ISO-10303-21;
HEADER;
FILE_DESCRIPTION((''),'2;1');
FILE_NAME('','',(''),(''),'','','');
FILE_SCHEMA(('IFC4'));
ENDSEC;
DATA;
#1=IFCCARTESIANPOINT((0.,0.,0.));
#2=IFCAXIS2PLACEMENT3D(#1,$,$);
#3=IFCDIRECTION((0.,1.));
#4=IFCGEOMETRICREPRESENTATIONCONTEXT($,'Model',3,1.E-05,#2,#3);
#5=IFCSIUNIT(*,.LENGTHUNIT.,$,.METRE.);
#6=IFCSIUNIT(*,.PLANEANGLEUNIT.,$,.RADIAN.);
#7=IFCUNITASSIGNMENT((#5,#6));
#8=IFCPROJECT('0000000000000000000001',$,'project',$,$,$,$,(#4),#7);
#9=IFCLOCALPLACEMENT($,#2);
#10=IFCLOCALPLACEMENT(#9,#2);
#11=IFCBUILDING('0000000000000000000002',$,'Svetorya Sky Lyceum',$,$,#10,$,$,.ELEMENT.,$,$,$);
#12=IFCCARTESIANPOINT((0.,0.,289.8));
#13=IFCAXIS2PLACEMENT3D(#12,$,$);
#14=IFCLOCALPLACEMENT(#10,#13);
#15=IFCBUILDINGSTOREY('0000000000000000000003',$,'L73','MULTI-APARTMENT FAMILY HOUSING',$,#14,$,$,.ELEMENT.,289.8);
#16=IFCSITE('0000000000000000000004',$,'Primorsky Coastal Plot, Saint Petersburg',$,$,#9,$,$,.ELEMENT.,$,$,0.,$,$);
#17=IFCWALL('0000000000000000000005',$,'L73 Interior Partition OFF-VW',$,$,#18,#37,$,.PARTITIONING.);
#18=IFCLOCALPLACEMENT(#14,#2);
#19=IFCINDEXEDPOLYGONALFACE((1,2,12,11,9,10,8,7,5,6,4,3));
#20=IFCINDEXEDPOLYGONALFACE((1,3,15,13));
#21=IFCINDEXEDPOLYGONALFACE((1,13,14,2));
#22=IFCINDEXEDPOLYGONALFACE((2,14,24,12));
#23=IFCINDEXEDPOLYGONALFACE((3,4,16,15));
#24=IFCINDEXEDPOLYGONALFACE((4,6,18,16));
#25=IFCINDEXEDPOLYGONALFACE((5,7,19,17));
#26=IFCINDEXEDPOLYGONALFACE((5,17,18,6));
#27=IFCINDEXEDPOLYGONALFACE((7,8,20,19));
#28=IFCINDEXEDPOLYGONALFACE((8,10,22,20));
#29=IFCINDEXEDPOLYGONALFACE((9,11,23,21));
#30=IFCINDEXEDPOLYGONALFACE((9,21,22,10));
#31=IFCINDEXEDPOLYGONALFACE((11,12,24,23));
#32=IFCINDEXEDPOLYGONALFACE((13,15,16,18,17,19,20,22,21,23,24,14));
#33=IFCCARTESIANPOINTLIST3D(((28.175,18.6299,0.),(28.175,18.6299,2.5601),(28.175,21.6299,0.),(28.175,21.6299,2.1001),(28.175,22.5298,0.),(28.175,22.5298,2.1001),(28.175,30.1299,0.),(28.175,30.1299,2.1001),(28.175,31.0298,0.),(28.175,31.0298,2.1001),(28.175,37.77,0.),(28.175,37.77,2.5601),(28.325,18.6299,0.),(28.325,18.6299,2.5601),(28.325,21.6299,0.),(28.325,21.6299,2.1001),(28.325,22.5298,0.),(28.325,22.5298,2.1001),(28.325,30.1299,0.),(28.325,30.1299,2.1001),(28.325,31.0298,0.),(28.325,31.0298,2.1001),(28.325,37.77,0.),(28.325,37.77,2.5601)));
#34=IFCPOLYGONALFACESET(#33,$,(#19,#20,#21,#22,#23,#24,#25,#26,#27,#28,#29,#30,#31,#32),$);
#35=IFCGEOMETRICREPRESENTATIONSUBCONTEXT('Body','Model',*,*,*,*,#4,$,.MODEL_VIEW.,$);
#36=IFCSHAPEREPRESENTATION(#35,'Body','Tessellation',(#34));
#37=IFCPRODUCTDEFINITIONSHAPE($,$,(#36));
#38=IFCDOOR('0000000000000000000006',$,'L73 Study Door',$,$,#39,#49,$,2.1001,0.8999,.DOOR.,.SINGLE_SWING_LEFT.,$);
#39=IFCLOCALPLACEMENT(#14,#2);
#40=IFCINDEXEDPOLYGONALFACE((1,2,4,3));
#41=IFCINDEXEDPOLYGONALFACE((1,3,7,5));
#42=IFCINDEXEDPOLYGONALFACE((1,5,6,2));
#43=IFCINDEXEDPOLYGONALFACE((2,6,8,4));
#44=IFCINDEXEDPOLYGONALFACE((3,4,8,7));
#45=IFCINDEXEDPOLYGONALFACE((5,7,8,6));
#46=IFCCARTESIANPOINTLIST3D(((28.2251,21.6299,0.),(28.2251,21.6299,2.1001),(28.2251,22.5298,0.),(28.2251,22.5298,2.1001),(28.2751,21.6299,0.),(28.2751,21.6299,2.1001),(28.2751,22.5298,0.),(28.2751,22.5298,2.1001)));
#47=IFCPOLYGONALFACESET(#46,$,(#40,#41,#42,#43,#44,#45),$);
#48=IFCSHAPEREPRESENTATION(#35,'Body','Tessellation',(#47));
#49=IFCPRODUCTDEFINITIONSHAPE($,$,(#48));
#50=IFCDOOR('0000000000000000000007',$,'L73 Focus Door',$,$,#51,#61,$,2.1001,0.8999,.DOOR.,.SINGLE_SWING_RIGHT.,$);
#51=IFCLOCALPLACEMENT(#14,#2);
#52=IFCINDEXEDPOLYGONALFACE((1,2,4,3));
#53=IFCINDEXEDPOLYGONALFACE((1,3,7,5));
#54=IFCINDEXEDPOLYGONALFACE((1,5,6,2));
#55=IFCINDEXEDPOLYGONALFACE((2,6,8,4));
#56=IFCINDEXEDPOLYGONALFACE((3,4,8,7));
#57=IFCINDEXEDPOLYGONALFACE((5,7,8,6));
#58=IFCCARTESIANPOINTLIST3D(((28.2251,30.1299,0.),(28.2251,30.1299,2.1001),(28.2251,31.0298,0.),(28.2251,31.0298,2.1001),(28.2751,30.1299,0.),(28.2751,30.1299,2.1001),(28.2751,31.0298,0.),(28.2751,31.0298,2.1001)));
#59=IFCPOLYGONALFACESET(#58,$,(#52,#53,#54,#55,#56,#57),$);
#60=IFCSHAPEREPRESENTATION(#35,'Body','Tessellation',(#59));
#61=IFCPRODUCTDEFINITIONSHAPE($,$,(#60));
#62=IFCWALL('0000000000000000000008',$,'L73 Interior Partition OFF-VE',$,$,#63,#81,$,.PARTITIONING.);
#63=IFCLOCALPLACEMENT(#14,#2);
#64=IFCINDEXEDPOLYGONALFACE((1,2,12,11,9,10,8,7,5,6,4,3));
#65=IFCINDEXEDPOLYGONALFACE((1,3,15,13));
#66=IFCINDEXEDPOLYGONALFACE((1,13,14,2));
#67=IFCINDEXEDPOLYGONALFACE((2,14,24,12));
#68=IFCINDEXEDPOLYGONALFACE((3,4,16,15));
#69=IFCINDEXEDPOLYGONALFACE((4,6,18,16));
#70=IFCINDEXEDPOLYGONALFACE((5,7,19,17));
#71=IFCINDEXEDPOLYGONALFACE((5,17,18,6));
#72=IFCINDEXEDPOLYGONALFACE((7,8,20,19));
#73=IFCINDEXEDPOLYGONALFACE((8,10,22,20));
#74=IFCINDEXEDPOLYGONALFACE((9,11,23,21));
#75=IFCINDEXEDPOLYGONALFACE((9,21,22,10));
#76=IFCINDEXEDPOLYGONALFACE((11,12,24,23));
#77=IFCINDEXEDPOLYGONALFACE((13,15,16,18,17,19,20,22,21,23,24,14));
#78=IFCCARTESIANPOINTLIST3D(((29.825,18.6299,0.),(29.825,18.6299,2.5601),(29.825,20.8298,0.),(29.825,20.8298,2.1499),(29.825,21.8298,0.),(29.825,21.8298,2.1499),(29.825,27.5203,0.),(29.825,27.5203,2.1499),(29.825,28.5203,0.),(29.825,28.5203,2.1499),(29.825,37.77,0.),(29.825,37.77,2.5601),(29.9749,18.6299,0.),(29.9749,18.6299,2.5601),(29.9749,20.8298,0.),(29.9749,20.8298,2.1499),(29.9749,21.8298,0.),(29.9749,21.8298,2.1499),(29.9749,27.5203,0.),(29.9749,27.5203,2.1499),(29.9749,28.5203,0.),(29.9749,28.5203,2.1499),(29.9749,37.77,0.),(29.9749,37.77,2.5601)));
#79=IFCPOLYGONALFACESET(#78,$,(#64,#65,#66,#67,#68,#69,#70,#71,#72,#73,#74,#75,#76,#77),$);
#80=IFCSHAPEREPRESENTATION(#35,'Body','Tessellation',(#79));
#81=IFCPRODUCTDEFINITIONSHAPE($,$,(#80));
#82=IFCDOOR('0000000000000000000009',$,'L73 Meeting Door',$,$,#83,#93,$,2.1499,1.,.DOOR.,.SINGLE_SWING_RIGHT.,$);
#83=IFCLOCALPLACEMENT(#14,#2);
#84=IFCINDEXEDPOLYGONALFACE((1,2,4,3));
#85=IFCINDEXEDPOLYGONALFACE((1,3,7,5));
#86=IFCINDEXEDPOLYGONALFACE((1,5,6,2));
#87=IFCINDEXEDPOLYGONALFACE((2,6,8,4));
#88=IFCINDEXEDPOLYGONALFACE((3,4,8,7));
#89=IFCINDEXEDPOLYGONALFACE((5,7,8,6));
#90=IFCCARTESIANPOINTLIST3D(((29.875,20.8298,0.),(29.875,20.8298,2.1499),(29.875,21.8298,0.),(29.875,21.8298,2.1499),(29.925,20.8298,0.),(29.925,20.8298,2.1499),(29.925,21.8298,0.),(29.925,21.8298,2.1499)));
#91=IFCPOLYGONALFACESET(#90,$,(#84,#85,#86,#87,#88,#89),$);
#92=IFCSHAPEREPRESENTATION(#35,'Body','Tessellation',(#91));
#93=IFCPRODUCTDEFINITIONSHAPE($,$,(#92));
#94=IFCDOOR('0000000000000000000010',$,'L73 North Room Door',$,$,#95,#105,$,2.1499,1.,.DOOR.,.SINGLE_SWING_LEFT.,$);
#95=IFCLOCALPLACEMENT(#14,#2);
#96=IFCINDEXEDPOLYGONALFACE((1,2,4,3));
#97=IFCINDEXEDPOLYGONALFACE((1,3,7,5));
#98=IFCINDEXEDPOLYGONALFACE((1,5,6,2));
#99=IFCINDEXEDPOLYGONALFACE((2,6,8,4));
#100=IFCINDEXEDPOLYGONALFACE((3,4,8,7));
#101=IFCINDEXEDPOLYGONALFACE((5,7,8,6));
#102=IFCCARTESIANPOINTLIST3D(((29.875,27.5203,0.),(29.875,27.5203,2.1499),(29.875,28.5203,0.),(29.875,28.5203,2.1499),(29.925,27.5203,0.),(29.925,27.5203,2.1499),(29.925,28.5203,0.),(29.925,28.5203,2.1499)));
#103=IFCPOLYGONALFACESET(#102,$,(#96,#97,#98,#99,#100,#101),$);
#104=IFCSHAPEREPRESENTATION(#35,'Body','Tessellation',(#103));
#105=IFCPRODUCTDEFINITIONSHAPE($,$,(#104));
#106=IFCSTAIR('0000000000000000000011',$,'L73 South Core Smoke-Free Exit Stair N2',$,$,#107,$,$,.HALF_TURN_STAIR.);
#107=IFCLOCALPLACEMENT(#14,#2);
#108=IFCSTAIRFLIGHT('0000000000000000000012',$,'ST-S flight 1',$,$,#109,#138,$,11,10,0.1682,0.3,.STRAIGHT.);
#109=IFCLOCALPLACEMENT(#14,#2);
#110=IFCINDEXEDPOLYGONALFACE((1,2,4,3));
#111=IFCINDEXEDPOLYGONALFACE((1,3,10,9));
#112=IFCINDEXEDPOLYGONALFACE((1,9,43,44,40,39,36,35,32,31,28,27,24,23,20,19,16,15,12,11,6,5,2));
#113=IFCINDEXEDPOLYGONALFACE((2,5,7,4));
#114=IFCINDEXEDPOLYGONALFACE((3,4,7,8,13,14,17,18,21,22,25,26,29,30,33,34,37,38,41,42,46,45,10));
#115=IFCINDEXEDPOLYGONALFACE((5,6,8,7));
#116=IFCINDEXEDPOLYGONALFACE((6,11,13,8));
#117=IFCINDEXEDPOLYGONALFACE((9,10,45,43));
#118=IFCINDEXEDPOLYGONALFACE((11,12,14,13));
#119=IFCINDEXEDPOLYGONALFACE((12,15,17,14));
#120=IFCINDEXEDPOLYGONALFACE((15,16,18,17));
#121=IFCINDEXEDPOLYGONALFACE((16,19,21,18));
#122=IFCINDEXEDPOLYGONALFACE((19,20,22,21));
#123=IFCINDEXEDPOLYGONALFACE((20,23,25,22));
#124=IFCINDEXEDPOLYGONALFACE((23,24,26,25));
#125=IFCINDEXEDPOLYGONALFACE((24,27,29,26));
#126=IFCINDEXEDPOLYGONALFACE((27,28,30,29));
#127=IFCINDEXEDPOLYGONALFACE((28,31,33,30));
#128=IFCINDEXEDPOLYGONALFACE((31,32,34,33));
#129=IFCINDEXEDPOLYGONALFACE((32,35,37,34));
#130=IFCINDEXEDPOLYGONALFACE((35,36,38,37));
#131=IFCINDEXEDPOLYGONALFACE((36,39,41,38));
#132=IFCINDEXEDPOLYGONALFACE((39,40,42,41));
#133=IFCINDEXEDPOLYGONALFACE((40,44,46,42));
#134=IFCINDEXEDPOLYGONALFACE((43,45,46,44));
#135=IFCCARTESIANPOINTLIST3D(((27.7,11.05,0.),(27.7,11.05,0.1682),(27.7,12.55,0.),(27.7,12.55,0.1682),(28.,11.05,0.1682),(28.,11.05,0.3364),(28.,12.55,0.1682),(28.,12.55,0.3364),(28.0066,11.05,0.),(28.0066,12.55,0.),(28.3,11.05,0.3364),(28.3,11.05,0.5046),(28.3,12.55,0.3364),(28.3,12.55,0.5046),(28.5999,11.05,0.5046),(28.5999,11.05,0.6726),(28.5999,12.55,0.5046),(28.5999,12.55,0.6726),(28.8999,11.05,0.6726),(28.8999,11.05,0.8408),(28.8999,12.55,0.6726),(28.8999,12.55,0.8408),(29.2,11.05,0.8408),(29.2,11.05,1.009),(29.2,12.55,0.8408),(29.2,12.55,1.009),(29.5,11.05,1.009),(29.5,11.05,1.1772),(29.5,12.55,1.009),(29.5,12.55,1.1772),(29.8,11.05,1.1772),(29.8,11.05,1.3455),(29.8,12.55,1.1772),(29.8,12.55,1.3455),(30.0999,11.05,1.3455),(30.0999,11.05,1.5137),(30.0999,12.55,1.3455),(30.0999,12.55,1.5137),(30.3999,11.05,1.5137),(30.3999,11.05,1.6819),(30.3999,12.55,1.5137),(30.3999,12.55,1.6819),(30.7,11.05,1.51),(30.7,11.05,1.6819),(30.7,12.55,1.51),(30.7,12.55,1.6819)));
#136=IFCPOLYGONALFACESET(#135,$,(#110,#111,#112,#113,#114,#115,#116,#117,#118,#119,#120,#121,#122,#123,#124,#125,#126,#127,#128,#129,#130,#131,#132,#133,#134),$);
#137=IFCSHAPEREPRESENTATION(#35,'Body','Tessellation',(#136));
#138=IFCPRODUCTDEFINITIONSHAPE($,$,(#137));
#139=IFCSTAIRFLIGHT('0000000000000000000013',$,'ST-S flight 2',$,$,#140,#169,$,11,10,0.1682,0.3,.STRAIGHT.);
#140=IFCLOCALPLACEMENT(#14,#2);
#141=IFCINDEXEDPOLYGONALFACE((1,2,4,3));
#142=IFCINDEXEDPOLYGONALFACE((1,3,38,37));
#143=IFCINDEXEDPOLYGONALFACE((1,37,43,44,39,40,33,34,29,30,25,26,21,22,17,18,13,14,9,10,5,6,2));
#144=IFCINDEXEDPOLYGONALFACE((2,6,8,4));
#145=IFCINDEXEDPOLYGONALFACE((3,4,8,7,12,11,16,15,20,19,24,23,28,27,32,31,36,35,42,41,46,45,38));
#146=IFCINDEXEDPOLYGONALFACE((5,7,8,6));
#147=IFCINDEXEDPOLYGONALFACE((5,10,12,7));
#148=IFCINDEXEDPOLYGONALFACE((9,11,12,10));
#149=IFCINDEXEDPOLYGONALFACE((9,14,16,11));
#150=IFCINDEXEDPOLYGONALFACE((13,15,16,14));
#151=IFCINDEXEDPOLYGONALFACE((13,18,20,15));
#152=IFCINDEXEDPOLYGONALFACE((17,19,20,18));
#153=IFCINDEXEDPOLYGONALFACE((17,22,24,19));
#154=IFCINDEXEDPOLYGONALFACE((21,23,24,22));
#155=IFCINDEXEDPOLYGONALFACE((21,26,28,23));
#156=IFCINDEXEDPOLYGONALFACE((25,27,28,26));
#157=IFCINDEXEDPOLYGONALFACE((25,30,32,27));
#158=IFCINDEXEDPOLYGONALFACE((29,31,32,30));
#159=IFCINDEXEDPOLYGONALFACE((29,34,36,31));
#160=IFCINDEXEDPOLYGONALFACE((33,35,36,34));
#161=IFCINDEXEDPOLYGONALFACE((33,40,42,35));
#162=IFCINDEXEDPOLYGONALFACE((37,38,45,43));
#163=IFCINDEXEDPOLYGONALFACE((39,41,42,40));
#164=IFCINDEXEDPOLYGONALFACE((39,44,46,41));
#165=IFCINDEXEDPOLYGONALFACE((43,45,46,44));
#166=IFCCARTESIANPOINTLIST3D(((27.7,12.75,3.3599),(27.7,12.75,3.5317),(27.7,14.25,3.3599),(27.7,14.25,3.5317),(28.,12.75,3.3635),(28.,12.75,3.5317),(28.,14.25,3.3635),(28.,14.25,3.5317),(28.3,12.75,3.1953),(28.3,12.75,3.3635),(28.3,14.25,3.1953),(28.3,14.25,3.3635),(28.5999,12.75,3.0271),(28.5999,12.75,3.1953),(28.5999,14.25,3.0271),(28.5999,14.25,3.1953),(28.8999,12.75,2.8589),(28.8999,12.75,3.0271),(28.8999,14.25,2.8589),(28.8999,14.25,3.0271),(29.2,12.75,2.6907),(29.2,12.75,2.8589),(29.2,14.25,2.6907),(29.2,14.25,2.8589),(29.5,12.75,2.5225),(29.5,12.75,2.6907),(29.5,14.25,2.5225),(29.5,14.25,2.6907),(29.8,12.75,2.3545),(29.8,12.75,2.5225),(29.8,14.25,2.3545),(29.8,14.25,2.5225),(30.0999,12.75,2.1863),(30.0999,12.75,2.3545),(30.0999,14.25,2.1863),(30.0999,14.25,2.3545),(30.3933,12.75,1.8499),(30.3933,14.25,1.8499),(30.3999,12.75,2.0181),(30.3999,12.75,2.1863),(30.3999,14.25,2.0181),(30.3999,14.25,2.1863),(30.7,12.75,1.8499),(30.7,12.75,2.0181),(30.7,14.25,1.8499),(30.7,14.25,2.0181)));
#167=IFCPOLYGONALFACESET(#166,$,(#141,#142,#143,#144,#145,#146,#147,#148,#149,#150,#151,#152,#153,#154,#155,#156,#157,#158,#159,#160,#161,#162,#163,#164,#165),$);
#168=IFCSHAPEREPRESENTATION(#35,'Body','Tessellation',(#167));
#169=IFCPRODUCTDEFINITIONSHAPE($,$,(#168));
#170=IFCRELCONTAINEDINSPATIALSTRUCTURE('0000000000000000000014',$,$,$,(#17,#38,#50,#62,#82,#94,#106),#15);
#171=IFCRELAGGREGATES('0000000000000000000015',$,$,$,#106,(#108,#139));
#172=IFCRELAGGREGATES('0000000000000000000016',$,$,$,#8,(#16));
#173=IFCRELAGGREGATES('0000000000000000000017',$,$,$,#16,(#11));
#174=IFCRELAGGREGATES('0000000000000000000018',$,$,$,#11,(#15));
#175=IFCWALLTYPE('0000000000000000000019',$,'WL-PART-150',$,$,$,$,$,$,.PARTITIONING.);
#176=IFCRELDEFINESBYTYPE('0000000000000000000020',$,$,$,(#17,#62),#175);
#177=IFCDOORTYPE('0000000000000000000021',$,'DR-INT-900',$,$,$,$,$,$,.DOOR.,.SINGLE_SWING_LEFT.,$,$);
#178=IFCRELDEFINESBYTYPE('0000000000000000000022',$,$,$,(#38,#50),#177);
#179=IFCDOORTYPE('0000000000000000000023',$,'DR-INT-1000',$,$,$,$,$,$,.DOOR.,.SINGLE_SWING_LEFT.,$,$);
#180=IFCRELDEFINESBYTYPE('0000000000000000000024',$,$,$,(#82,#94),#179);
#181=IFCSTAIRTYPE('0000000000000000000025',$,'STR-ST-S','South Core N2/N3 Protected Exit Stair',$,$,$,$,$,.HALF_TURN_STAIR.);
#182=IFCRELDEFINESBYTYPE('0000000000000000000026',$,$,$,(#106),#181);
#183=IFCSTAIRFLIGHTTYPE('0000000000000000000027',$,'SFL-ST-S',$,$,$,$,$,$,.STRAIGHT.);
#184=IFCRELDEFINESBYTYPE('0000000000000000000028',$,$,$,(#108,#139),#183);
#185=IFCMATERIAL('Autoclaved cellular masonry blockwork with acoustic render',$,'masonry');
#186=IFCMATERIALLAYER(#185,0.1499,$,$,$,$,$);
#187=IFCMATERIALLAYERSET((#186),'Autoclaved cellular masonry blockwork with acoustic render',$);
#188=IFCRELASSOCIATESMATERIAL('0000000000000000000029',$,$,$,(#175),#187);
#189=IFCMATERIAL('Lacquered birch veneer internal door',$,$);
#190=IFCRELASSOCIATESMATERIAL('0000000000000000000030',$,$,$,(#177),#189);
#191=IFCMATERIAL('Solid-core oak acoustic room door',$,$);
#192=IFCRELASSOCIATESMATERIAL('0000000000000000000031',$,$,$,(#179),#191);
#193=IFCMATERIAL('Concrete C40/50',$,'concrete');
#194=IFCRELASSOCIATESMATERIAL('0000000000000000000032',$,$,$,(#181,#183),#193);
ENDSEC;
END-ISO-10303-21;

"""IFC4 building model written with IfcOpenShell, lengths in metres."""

from ifc_helpers import new_model, si_unit, direction, frame, frame_2d, origin, place, context, subcontext, project, spatial, polyline, rectangle, outline, extrude, material, layer, layer_set, type_object, element, fill, aggregate, save


model = new_model("IFC4")

# Units and contexts
model_context = context("Model", 3, precision=1e-05, world=origin(), true_north=direction((0.0, 1.0)))
body_context = subcontext(model_context, "Body", "Model", "MODEL_VIEW")
ifc_project = project(units=[si_unit("LENGTHUNIT", "METRE"), si_unit("PLANEANGLEUNIT", "RADIAN")], contexts=[model_context])

# Site, building, storey
site_placement = place(None, origin())
site = spatial("IfcSite", under=ifc_project, at=site_placement, Name="Primorsky Coastal Plot, Saint Petersburg", CompositionType="ELEMENT", RefElevation=0.0)
building_placement = place(site_placement, origin())
building = spatial("IfcBuilding", under=site, at=building_placement, Name="Svetorya Sky Lyceum", CompositionType="ELEMENT")
storey_placement = place(building_placement, frame((0.0, 0.0, 289.8)))
storey = spatial("IfcBuildingStorey", under=building, at=storey_placement, Name="L73", Description="MULTI-APARTMENT FAMILY HOUSING", CompositionType="ELEMENT", Elevation=289.8)

# Shared definitions
ifc_material_1 = material(Name="Concrete C40/50", Category="concrete")

# Shared definitions
ifc_material_2 = material(Name="Autoclaved cellular masonry blockwork with acoustic render", Category="masonry")
ifc_layer = layer(ifc_material_2, 0.1499)
ifc_layer_set = layer_set([ifc_layer], Name="Autoclaved cellular masonry blockwork with acoustic render")
wall_type = type_object("IfcWallType", Name="WL-PART-150", PredefinedType="PARTITIONING", material=ifc_layer_set)

# Walls, openings, doors
wall_1_placement = place(storey_placement, frame((28.25, 18.6299, 0.0), z_axis=(0.0, 0.0, 1.0), x_axis=(0.0, 1.0, 0.0)))
wall_1 = element("IfcWall", 1, at=wall_1_placement, inside=storey, type_object=wall_type, Name="L73 Interior Partition OFF-VW", PredefinedType="PARTITIONING", context=body_context, shape_type="SweptSolid", body=[
    extrude(rectangle(XDim=19.1401, YDim=0.1499, at=frame_2d((9.5701, 0.0))), origin(), (0.0, 0.0, 1.0), 2.5601),
])
opening_1_placement = place(wall_1_placement, frame((3.0, 0.0, 0.0)))
opening_1 = element("IfcOpeningElement", 2, at=opening_1_placement, cuts=wall_1, PredefinedType="OPENING", context=body_context, shape_type="SweptSolid", body=[
    extrude(rectangle(XDim=0.8999, YDim=2.1001, at=frame_2d((0.45, 1.05))), frame((0.0, 0.085, 0.0), z_axis=(0.0, -1.0, 0.0), x_axis=(1.0, 0.0, 0.0)), (0.0, 0.0, 1.0), 0.1699),
])
opening_2_placement = place(wall_1_placement, frame((11.5, 0.0, 0.0)))
opening_2 = element("IfcOpeningElement", 3, at=opening_2_placement, cuts=wall_1, PredefinedType="OPENING", context=body_context, shape_type="SweptSolid", body=[
    extrude(rectangle(XDim=0.8999, YDim=2.1001, at=frame_2d((0.45, 1.05))), frame((0.0, 0.085, 0.0), z_axis=(0.0, -1.0, 0.0), x_axis=(1.0, 0.0, 0.0)), (0.0, 0.0, 1.0), 0.1699),
])
ifc_material_3 = material(Name="Lacquered birch veneer internal door")
door_type_1 = type_object("IfcDoorType", Name="DR-INT-900", OperationType="SINGLE_SWING_LEFT", PredefinedType="DOOR", material=ifc_material_3)
door_1_placement = place(opening_1_placement, origin())
door_1 = element("IfcDoor", 4, at=door_1_placement, inside=storey, type_object=door_type_1, Name="L73 Study Door", OperationType="SINGLE_SWING_LEFT", OverallHeight=2.1001, OverallWidth=0.8999, PredefinedType="DOOR", context=body_context, shape_type="SweptSolid", body=[
    extrude(rectangle(XDim=0.8999, YDim=2.1001, at=frame_2d((0.45, 1.05))), frame((0.0, 0.0249, 0.0), z_axis=(0.0, -1.0, 0.0), x_axis=(1.0, 0.0, 0.0)), (0.0, 0.0, 1.0), 0.05),
])
fill(opening_1, door_1)
door_2_placement = place(opening_2_placement, origin())
door_2 = element("IfcDoor", 5, at=door_2_placement, inside=storey, type_object=door_type_1, Name="L73 Focus Door", OperationType="SINGLE_SWING_RIGHT", OverallHeight=2.1001, OverallWidth=0.8999, PredefinedType="DOOR", context=body_context, shape_type="SweptSolid", body=[
    extrude(rectangle(XDim=0.8999, YDim=2.1001, at=frame_2d((0.45, 1.05))), frame((0.0, 0.0249, 0.0), z_axis=(0.0, -1.0, 0.0), x_axis=(1.0, 0.0, 0.0)), (0.0, 0.0, 1.0), 0.05),
])
fill(opening_2, door_2)
wall_2_placement = place(storey_placement, frame((29.8999, 18.6299, 0.0), z_axis=(0.0, 0.0, 1.0), x_axis=(0.0, 1.0, 0.0)))
wall_2 = element("IfcWall", 6, at=wall_2_placement, inside=storey, type_object=wall_type, Name="L73 Interior Partition OFF-VE", PredefinedType="PARTITIONING", context=body_context, shape_type="SweptSolid", body=[
    extrude(rectangle(XDim=19.1401, YDim=0.1499, at=frame_2d((9.5701, 0.0))), origin(), (0.0, 0.0, 1.0), 2.5601),
])
opening_3_placement = place(wall_2_placement, frame((2.2, 0.0, 0.0)))
opening_3 = element("IfcOpeningElement", 7, at=opening_3_placement, cuts=wall_2, PredefinedType="OPENING", context=body_context, shape_type="SweptSolid", body=[
    extrude(rectangle(XDim=1.0, YDim=2.1499, at=frame_2d((0.5, 1.075))), frame((0.0, 0.085, 0.0), z_axis=(0.0, -1.0, 0.0), x_axis=(1.0, 0.0, 0.0)), (0.0, 0.0, 1.0), 0.1699),
])
opening_4_placement = place(wall_2_placement, frame((8.8904, 0.0, 0.0)))
opening_4 = element("IfcOpeningElement", 8, at=opening_4_placement, cuts=wall_2, PredefinedType="OPENING", context=body_context, shape_type="SweptSolid", body=[
    extrude(rectangle(XDim=1.0, YDim=2.1499, at=frame_2d((0.5, 1.075))), frame((0.0, 0.085, 0.0), z_axis=(0.0, -1.0, 0.0), x_axis=(1.0, 0.0, 0.0)), (0.0, 0.0, 1.0), 0.1699),
])
ifc_material_4 = material(Name="Solid-core oak acoustic room door")
door_type_2 = type_object("IfcDoorType", Name="DR-INT-1000", OperationType="SINGLE_SWING_LEFT", PredefinedType="DOOR", material=ifc_material_4)
door_3_placement = place(opening_3_placement, origin())
door_3 = element("IfcDoor", 9, at=door_3_placement, inside=storey, type_object=door_type_2, Name="L73 Meeting Door", OperationType="SINGLE_SWING_RIGHT", OverallHeight=2.1499, OverallWidth=1.0, PredefinedType="DOOR", context=body_context, shape_type="SweptSolid", body=[
    extrude(rectangle(XDim=1.0, YDim=2.1499, at=frame_2d((0.5, 1.075))), frame((0.0, 0.0249, 0.0), z_axis=(0.0, -1.0, 0.0), x_axis=(1.0, 0.0, 0.0)), (0.0, 0.0, 1.0), 0.05),
])
fill(opening_3, door_3)
door_4_placement = place(opening_4_placement, origin())
door_4 = element("IfcDoor", 10, at=door_4_placement, inside=storey, type_object=door_type_2, Name="L73 North Room Door", OperationType="SINGLE_SWING_LEFT", OverallHeight=2.1499, OverallWidth=1.0, PredefinedType="DOOR", context=body_context, shape_type="SweptSolid", body=[
    extrude(rectangle(XDim=1.0, YDim=2.1499, at=frame_2d((0.5, 1.075))), frame((0.0, 0.0249, 0.0), z_axis=(0.0, -1.0, 0.0), x_axis=(1.0, 0.0, 0.0)), (0.0, 0.0, 1.0), 0.05),
])
fill(opening_4, door_4)

# Stair, stair flights
stair_type = type_object("IfcStairType", Name="STR-ST-S", Description="South Core N2/N3 Protected Exit Stair", PredefinedType="HALF_TURN_STAIR", material=ifc_material_1)
stair_placement = place(storey_placement, origin())
stair = element("IfcStair", 11, at=stair_placement, inside=storey, type_object=stair_type, Name="L73 South Core Smoke-Free Exit Stair N2", PredefinedType="HALF_TURN_STAIR")
stair_flight_type = type_object("IfcStairFlightType", Name="SFL-ST-S", PredefinedType="STRAIGHT", material=ifc_material_1)
stair_flight_1_placement = place(storey_placement, frame((27.7, 11.8, 0.0), z_axis=(0.0, 0.0, 1.0), x_axis=(1.0, 0.0, 0.0)))
stair_flight_1 = element("IfcStairFlight", 12, at=stair_flight_1_placement, type_object=stair_flight_type, Name="ST-S flight 1", NumberOfRisers=11, NumberOfTreads=10, PredefinedType="STRAIGHT", RiserHeight=0.1682, TreadLength=0.3, context=body_context, shape_type="SweptSolid", body=[
    extrude(outline(polyline([(0.0, 0.0), (0.0, 0.1682), (0.3, 0.1682), (0.3, 0.3364), (0.6001, 0.3364), (0.6001, 0.5046), (0.8999, 0.5046), (0.8999, 0.6726), (1.2, 0.6726), (1.2, 0.8408), (1.5, 0.8408), (1.5, 1.009), (1.8, 1.009), (1.8, 1.1772), (2.1001, 1.1772), (2.1001, 1.3455), (2.3999, 1.3455), (2.3999, 1.5137), (2.7, 1.5137), (2.7, 1.6819), (3.0, 1.6819), (3.0, 1.8501), (3.0, 1.51), (0.3066, 0.0), (0.0, 0.0)])), frame((0.0, 0.75, 0.0), z_axis=(0.0, -1.0, 0.0), x_axis=(1.0, 0.0, 0.0)), (0.0, 0.0, 1.0), 1.5),
])
stair_flight_2_placement = place(storey_placement, frame((30.7, 13.5, 1.8499), z_axis=(0.0, 0.0, 1.0), x_axis=(-1.0, 0.0, 0.0)))
stair_flight_2 = element("IfcStairFlight", 13, at=stair_flight_2_placement, type_object=stair_flight_type, Name="ST-S flight 2", NumberOfRisers=11, NumberOfTreads=10, PredefinedType="STRAIGHT", RiserHeight=0.1682, TreadLength=0.3, context=body_context, shape_type="SweptSolid", body=[
    extrude(outline(polyline([(0.0, 0.0), (0.0, 0.1682), (0.3, 0.1682), (0.3, 0.3364), (0.6001, 0.3364), (0.6001, 0.5046), (0.8999, 0.5046), (0.8999, 0.6726), (1.2, 0.6726), (1.2, 0.8408), (1.5, 0.8408), (1.5, 1.009), (1.8, 1.009), (1.8, 1.1772), (2.1001, 1.1772), (2.1001, 1.3455), (2.3999, 1.3455), (2.3999, 1.5137), (2.7, 1.5137), (2.7, 1.6819), (3.0, 1.6819), (3.0, 1.8501), (3.0, 1.51), (0.3066, 0.0), (0.0, 0.0)])), frame((0.0, 0.75, 0.0), z_axis=(0.0, -1.0, 0.0), x_axis=(1.0, 0.0, 0.0)), (0.0, 0.0, 1.0), 1.5),
])
aggregate(stair, [stair_flight_1, stair_flight_2])

save(model, "model.ifc")
